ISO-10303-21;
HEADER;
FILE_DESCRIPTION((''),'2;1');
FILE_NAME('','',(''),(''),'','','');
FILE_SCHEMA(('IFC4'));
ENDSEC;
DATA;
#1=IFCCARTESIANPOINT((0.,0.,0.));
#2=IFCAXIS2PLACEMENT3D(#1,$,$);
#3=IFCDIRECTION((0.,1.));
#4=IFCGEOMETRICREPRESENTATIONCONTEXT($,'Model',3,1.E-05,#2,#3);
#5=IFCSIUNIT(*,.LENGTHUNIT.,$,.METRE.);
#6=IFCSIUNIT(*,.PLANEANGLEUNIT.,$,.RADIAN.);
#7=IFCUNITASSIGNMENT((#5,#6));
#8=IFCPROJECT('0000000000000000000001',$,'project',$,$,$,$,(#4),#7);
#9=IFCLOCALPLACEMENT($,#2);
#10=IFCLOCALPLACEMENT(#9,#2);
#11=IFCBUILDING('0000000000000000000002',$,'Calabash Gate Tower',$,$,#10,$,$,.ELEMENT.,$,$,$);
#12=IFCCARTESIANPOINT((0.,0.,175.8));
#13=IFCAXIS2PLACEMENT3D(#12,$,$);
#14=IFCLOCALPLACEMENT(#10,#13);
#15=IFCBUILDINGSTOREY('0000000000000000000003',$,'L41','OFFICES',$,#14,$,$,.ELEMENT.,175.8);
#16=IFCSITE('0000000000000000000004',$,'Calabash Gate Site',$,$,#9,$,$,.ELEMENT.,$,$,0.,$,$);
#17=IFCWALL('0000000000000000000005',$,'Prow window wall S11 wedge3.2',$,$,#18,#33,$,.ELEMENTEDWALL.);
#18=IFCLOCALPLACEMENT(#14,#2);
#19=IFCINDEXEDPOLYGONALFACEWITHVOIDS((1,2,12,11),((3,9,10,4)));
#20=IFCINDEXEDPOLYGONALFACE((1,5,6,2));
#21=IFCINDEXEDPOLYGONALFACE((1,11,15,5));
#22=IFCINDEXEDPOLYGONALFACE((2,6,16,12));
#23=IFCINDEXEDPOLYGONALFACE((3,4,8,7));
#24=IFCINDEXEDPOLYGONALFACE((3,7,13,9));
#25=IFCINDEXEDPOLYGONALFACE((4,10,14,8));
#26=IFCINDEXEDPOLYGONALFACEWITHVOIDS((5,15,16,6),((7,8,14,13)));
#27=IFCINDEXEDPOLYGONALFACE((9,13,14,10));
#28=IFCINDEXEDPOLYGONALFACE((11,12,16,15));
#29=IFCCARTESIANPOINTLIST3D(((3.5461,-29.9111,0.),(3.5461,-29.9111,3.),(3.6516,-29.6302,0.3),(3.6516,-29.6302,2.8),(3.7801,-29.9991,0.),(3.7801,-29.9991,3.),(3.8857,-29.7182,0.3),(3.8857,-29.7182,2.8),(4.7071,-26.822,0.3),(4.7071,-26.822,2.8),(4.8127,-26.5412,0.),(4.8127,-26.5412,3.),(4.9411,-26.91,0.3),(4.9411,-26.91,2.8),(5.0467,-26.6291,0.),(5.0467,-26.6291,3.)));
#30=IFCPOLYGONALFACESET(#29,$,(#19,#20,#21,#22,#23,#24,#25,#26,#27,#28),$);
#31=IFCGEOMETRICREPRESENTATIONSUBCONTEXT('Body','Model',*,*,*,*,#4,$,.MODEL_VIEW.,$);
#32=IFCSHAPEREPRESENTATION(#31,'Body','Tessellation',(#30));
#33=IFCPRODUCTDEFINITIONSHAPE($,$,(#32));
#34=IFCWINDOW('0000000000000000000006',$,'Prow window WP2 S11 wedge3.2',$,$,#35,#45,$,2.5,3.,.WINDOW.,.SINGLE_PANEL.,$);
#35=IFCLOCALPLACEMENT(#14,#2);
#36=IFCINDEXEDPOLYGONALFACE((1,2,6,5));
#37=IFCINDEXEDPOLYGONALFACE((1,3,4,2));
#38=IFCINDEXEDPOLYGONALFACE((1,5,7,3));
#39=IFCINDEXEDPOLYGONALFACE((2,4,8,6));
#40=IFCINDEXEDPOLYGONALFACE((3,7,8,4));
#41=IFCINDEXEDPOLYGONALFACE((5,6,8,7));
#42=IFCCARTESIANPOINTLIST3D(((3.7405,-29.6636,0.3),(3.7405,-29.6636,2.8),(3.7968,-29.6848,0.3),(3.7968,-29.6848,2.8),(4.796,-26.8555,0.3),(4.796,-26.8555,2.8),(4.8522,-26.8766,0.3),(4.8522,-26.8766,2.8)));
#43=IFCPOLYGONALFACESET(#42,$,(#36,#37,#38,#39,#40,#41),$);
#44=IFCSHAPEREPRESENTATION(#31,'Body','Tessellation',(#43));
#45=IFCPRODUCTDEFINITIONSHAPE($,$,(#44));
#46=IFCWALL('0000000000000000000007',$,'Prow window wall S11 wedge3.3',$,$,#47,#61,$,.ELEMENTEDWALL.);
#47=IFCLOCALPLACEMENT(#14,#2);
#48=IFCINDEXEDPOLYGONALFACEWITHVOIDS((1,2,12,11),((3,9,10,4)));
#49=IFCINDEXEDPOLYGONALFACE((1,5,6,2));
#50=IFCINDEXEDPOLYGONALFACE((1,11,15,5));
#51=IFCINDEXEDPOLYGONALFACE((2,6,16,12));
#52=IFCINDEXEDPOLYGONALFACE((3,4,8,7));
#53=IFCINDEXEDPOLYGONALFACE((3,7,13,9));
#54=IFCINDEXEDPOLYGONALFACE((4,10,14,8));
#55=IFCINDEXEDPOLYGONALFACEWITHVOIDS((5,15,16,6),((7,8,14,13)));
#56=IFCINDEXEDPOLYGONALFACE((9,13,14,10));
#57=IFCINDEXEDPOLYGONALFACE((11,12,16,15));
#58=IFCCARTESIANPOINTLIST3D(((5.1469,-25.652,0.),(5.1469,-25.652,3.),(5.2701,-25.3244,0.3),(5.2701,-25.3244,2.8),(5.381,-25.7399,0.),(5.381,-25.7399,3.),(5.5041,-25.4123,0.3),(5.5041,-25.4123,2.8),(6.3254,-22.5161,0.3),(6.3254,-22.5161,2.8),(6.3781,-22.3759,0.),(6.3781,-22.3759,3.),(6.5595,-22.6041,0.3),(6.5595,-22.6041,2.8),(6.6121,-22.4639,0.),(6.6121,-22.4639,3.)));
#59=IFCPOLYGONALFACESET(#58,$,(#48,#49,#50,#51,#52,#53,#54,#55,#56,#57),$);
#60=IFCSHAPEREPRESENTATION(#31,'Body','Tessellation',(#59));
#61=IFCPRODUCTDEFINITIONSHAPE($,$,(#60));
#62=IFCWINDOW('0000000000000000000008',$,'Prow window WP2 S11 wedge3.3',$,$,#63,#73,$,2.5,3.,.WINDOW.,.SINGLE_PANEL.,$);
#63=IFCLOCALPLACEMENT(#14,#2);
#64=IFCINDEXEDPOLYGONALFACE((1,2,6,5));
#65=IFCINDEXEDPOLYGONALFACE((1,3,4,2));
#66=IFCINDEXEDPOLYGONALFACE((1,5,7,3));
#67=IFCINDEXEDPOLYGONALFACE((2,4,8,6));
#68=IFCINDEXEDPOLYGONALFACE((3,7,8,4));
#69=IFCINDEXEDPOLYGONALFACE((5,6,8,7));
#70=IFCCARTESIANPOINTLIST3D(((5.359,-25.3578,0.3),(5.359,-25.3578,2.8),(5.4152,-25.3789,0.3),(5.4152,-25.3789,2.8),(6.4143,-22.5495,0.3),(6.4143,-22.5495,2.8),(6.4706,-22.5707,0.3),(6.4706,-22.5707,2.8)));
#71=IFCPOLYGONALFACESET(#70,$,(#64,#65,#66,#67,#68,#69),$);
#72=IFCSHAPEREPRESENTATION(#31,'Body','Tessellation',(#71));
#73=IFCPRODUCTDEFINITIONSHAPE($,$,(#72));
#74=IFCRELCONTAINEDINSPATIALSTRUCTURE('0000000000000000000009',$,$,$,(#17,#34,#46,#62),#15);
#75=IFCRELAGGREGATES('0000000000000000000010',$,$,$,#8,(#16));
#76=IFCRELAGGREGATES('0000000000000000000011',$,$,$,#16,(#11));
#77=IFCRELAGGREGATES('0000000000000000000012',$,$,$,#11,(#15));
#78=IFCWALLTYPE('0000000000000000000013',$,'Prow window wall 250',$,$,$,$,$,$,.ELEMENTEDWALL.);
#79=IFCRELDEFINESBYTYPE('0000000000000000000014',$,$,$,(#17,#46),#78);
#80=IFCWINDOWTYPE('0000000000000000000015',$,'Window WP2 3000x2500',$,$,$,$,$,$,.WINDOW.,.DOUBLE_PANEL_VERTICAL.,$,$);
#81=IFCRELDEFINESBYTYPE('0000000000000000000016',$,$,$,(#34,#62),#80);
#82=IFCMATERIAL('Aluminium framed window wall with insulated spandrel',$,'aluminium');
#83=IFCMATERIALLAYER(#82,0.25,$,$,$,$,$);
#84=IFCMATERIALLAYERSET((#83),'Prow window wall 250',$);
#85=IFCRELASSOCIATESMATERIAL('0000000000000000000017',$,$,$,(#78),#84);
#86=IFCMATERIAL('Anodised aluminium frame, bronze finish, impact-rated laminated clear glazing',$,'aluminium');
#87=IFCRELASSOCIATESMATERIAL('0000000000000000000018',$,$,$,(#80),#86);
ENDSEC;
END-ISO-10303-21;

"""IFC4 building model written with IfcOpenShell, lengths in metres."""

from ifc_helpers import new_model, si_unit, direction, frame, frame_2d, origin, place, context, subcontext, project, spatial, rectangle, extrude, material, layer, layer_set, type_object, element, fill, save


model = new_model("IFC4")

# Units and contexts
model_context = context("Model", 3, precision=1e-05, world=origin(), true_north=direction((0.0, 1.0)))
body_context = subcontext(model_context, "Body", "Model", "MODEL_VIEW")
ifc_project = project(units=[si_unit("LENGTHUNIT", "METRE"), si_unit("PLANEANGLEUNIT", "RADIAN")], contexts=[model_context])

# Site, building, storey
site_placement = place(None, origin())
site = spatial("IfcSite", under=ifc_project, at=site_placement, Name="Calabash Gate Site", CompositionType="ELEMENT", RefElevation=0.0)
building_placement = place(site_placement, origin())
building = spatial("IfcBuilding", under=site, at=building_placement, Name="Calabash Gate Tower", CompositionType="ELEMENT")
storey_placement = place(building_placement, frame((0.0, 0.0, 175.8)))
storey = spatial("IfcBuildingStorey", under=building, at=storey_placement, Name="L41", Description="OFFICES", CompositionType="ELEMENT", Elevation=175.8)

# Walls, openings, windows
ifc_material_1 = material(Name="Aluminium framed window wall with insulated spandrel", Category="aluminium")
ifc_layer_1 = layer(ifc_material_1, 0.25)
ifc_layer_set_1 = layer_set([ifc_layer_1], Name="Prow window wall 250")
wall_type_1 = type_object("IfcWallType", Name="Prow window wall 250", PredefinedType="ELEMENTEDWALL", material=ifc_layer_set_1)
ifc_material_2 = material(Name="Anodised aluminium frame, bronze finish, impact-rated laminated clear glazing", Category="aluminium")
window_type = type_object("IfcWindowType", Name="Window WP2 3000x2500", PartitioningType="DOUBLE_PANEL_VERTICAL", PredefinedType="WINDOW", material=ifc_material_2)
wall_1_placement = place(storey_placement, frame((3.6631, -29.9551, 0.0), z_axis=(0.0, 0.0, 1.0), x_axis=(0.351829, 0.936064, 0.0)))
wall_1 = element("IfcWall", 1, at=wall_1_placement, inside=storey, type_object=wall_type_1, Name="Prow window wall S11 wedge3.2", PredefinedType="ELEMENTEDWALL", context=body_context, shape_type="SweptSolid", body=[
    extrude(rectangle(XDim=3.6001, YDim=0.25, at=frame_2d((1.8, 0.0))), origin(), (0.0, 0.0, 1.0), 3.0),
])
opening_1_placement = place(wall_1_placement, frame((0.3, 0.0, 0.3)))
opening_1 = element("IfcOpeningElement", 2, at=opening_1_placement, cuts=wall_1, PredefinedType="OPENING", context=body_context, shape_type="SweptSolid", body=[
    extrude(rectangle(XDim=3.0, YDim=2.5, at=frame_2d((1.5, 1.25))), frame((0.0, 0.135, 0.0), z_axis=(0.0, -1.0, 0.0), x_axis=(1.0, 0.0, 0.0)), (0.0, 0.0, 1.0), 0.27),
])
window_1_placement = place(opening_1_placement, origin())
window_1 = element("IfcWindow", 3, at=window_1_placement, inside=storey, type_object=window_type, Name="Prow window WP2 S11 wedge3.2", OverallHeight=2.5, OverallWidth=3.0, PartitioningType="SINGLE_PANEL", PredefinedType="WINDOW", context=body_context, shape_type="SweptSolid", body=[
    extrude(rectangle(XDim=3.0, YDim=2.5, at=frame_2d((1.5, 1.25))), frame((0.0, 0.03, 0.0), z_axis=(0.0, -1.0, 0.0), x_axis=(1.0, 0.0, 0.0)), (0.0, 0.0, 1.0), 0.0601),
])
fill(opening_1, window_1)
wall_2_placement = place(storey_placement, frame((5.2639, -25.696, 0.0), z_axis=(0.0, 0.0, 1.0), x_axis=(0.351788, 0.93608, 0.0)))
wall_2 = element("IfcWall", 4, at=wall_2_placement, inside=storey, type_object=wall_type_1, Name="Prow window wall S11 wedge3.3", PredefinedType="ELEMENTEDWALL", context=body_context, shape_type="SweptSolid", body=[
    extrude(rectangle(XDim=3.4998, YDim=0.25, at=frame_2d((1.75, 0.0))), origin(), (0.0, 0.0, 1.0), 3.0),
])
opening_2_placement = place(wall_2_placement, frame((0.3501, 0.0, 0.3)))
opening_2 = element("IfcOpeningElement", 5, at=opening_2_placement, cuts=wall_2, PredefinedType="OPENING", context=body_context, shape_type="SweptSolid", body=[
    extrude(rectangle(XDim=3.0, YDim=2.5, at=frame_2d((1.5, 1.25))), frame((0.0, 0.135, 0.0), z_axis=(0.0, -1.0, 0.0), x_axis=(1.0, 0.0, 0.0)), (0.0, 0.0, 1.0), 0.27),
])
window_2_placement = place(opening_2_placement, origin())
window_2 = element("IfcWindow", 6, at=window_2_placement, inside=storey, type_object=window_type, Name="Prow window WP2 S11 wedge3.3", OverallHeight=2.5, OverallWidth=3.0, PartitioningType="SINGLE_PANEL", PredefinedType="WINDOW", context=body_context, shape_type="SweptSolid", body=[
    extrude(rectangle(XDim=3.0, YDim=2.5, at=frame_2d((1.5, 1.25))), frame((0.0, 0.03, 0.0), z_axis=(0.0, -1.0, 0.0), x_axis=(1.0, 0.0, 0.0)), (0.0, 0.0, 1.0), 0.0601),
])
fill(opening_2, window_2)

save(model, "model.ifc")
